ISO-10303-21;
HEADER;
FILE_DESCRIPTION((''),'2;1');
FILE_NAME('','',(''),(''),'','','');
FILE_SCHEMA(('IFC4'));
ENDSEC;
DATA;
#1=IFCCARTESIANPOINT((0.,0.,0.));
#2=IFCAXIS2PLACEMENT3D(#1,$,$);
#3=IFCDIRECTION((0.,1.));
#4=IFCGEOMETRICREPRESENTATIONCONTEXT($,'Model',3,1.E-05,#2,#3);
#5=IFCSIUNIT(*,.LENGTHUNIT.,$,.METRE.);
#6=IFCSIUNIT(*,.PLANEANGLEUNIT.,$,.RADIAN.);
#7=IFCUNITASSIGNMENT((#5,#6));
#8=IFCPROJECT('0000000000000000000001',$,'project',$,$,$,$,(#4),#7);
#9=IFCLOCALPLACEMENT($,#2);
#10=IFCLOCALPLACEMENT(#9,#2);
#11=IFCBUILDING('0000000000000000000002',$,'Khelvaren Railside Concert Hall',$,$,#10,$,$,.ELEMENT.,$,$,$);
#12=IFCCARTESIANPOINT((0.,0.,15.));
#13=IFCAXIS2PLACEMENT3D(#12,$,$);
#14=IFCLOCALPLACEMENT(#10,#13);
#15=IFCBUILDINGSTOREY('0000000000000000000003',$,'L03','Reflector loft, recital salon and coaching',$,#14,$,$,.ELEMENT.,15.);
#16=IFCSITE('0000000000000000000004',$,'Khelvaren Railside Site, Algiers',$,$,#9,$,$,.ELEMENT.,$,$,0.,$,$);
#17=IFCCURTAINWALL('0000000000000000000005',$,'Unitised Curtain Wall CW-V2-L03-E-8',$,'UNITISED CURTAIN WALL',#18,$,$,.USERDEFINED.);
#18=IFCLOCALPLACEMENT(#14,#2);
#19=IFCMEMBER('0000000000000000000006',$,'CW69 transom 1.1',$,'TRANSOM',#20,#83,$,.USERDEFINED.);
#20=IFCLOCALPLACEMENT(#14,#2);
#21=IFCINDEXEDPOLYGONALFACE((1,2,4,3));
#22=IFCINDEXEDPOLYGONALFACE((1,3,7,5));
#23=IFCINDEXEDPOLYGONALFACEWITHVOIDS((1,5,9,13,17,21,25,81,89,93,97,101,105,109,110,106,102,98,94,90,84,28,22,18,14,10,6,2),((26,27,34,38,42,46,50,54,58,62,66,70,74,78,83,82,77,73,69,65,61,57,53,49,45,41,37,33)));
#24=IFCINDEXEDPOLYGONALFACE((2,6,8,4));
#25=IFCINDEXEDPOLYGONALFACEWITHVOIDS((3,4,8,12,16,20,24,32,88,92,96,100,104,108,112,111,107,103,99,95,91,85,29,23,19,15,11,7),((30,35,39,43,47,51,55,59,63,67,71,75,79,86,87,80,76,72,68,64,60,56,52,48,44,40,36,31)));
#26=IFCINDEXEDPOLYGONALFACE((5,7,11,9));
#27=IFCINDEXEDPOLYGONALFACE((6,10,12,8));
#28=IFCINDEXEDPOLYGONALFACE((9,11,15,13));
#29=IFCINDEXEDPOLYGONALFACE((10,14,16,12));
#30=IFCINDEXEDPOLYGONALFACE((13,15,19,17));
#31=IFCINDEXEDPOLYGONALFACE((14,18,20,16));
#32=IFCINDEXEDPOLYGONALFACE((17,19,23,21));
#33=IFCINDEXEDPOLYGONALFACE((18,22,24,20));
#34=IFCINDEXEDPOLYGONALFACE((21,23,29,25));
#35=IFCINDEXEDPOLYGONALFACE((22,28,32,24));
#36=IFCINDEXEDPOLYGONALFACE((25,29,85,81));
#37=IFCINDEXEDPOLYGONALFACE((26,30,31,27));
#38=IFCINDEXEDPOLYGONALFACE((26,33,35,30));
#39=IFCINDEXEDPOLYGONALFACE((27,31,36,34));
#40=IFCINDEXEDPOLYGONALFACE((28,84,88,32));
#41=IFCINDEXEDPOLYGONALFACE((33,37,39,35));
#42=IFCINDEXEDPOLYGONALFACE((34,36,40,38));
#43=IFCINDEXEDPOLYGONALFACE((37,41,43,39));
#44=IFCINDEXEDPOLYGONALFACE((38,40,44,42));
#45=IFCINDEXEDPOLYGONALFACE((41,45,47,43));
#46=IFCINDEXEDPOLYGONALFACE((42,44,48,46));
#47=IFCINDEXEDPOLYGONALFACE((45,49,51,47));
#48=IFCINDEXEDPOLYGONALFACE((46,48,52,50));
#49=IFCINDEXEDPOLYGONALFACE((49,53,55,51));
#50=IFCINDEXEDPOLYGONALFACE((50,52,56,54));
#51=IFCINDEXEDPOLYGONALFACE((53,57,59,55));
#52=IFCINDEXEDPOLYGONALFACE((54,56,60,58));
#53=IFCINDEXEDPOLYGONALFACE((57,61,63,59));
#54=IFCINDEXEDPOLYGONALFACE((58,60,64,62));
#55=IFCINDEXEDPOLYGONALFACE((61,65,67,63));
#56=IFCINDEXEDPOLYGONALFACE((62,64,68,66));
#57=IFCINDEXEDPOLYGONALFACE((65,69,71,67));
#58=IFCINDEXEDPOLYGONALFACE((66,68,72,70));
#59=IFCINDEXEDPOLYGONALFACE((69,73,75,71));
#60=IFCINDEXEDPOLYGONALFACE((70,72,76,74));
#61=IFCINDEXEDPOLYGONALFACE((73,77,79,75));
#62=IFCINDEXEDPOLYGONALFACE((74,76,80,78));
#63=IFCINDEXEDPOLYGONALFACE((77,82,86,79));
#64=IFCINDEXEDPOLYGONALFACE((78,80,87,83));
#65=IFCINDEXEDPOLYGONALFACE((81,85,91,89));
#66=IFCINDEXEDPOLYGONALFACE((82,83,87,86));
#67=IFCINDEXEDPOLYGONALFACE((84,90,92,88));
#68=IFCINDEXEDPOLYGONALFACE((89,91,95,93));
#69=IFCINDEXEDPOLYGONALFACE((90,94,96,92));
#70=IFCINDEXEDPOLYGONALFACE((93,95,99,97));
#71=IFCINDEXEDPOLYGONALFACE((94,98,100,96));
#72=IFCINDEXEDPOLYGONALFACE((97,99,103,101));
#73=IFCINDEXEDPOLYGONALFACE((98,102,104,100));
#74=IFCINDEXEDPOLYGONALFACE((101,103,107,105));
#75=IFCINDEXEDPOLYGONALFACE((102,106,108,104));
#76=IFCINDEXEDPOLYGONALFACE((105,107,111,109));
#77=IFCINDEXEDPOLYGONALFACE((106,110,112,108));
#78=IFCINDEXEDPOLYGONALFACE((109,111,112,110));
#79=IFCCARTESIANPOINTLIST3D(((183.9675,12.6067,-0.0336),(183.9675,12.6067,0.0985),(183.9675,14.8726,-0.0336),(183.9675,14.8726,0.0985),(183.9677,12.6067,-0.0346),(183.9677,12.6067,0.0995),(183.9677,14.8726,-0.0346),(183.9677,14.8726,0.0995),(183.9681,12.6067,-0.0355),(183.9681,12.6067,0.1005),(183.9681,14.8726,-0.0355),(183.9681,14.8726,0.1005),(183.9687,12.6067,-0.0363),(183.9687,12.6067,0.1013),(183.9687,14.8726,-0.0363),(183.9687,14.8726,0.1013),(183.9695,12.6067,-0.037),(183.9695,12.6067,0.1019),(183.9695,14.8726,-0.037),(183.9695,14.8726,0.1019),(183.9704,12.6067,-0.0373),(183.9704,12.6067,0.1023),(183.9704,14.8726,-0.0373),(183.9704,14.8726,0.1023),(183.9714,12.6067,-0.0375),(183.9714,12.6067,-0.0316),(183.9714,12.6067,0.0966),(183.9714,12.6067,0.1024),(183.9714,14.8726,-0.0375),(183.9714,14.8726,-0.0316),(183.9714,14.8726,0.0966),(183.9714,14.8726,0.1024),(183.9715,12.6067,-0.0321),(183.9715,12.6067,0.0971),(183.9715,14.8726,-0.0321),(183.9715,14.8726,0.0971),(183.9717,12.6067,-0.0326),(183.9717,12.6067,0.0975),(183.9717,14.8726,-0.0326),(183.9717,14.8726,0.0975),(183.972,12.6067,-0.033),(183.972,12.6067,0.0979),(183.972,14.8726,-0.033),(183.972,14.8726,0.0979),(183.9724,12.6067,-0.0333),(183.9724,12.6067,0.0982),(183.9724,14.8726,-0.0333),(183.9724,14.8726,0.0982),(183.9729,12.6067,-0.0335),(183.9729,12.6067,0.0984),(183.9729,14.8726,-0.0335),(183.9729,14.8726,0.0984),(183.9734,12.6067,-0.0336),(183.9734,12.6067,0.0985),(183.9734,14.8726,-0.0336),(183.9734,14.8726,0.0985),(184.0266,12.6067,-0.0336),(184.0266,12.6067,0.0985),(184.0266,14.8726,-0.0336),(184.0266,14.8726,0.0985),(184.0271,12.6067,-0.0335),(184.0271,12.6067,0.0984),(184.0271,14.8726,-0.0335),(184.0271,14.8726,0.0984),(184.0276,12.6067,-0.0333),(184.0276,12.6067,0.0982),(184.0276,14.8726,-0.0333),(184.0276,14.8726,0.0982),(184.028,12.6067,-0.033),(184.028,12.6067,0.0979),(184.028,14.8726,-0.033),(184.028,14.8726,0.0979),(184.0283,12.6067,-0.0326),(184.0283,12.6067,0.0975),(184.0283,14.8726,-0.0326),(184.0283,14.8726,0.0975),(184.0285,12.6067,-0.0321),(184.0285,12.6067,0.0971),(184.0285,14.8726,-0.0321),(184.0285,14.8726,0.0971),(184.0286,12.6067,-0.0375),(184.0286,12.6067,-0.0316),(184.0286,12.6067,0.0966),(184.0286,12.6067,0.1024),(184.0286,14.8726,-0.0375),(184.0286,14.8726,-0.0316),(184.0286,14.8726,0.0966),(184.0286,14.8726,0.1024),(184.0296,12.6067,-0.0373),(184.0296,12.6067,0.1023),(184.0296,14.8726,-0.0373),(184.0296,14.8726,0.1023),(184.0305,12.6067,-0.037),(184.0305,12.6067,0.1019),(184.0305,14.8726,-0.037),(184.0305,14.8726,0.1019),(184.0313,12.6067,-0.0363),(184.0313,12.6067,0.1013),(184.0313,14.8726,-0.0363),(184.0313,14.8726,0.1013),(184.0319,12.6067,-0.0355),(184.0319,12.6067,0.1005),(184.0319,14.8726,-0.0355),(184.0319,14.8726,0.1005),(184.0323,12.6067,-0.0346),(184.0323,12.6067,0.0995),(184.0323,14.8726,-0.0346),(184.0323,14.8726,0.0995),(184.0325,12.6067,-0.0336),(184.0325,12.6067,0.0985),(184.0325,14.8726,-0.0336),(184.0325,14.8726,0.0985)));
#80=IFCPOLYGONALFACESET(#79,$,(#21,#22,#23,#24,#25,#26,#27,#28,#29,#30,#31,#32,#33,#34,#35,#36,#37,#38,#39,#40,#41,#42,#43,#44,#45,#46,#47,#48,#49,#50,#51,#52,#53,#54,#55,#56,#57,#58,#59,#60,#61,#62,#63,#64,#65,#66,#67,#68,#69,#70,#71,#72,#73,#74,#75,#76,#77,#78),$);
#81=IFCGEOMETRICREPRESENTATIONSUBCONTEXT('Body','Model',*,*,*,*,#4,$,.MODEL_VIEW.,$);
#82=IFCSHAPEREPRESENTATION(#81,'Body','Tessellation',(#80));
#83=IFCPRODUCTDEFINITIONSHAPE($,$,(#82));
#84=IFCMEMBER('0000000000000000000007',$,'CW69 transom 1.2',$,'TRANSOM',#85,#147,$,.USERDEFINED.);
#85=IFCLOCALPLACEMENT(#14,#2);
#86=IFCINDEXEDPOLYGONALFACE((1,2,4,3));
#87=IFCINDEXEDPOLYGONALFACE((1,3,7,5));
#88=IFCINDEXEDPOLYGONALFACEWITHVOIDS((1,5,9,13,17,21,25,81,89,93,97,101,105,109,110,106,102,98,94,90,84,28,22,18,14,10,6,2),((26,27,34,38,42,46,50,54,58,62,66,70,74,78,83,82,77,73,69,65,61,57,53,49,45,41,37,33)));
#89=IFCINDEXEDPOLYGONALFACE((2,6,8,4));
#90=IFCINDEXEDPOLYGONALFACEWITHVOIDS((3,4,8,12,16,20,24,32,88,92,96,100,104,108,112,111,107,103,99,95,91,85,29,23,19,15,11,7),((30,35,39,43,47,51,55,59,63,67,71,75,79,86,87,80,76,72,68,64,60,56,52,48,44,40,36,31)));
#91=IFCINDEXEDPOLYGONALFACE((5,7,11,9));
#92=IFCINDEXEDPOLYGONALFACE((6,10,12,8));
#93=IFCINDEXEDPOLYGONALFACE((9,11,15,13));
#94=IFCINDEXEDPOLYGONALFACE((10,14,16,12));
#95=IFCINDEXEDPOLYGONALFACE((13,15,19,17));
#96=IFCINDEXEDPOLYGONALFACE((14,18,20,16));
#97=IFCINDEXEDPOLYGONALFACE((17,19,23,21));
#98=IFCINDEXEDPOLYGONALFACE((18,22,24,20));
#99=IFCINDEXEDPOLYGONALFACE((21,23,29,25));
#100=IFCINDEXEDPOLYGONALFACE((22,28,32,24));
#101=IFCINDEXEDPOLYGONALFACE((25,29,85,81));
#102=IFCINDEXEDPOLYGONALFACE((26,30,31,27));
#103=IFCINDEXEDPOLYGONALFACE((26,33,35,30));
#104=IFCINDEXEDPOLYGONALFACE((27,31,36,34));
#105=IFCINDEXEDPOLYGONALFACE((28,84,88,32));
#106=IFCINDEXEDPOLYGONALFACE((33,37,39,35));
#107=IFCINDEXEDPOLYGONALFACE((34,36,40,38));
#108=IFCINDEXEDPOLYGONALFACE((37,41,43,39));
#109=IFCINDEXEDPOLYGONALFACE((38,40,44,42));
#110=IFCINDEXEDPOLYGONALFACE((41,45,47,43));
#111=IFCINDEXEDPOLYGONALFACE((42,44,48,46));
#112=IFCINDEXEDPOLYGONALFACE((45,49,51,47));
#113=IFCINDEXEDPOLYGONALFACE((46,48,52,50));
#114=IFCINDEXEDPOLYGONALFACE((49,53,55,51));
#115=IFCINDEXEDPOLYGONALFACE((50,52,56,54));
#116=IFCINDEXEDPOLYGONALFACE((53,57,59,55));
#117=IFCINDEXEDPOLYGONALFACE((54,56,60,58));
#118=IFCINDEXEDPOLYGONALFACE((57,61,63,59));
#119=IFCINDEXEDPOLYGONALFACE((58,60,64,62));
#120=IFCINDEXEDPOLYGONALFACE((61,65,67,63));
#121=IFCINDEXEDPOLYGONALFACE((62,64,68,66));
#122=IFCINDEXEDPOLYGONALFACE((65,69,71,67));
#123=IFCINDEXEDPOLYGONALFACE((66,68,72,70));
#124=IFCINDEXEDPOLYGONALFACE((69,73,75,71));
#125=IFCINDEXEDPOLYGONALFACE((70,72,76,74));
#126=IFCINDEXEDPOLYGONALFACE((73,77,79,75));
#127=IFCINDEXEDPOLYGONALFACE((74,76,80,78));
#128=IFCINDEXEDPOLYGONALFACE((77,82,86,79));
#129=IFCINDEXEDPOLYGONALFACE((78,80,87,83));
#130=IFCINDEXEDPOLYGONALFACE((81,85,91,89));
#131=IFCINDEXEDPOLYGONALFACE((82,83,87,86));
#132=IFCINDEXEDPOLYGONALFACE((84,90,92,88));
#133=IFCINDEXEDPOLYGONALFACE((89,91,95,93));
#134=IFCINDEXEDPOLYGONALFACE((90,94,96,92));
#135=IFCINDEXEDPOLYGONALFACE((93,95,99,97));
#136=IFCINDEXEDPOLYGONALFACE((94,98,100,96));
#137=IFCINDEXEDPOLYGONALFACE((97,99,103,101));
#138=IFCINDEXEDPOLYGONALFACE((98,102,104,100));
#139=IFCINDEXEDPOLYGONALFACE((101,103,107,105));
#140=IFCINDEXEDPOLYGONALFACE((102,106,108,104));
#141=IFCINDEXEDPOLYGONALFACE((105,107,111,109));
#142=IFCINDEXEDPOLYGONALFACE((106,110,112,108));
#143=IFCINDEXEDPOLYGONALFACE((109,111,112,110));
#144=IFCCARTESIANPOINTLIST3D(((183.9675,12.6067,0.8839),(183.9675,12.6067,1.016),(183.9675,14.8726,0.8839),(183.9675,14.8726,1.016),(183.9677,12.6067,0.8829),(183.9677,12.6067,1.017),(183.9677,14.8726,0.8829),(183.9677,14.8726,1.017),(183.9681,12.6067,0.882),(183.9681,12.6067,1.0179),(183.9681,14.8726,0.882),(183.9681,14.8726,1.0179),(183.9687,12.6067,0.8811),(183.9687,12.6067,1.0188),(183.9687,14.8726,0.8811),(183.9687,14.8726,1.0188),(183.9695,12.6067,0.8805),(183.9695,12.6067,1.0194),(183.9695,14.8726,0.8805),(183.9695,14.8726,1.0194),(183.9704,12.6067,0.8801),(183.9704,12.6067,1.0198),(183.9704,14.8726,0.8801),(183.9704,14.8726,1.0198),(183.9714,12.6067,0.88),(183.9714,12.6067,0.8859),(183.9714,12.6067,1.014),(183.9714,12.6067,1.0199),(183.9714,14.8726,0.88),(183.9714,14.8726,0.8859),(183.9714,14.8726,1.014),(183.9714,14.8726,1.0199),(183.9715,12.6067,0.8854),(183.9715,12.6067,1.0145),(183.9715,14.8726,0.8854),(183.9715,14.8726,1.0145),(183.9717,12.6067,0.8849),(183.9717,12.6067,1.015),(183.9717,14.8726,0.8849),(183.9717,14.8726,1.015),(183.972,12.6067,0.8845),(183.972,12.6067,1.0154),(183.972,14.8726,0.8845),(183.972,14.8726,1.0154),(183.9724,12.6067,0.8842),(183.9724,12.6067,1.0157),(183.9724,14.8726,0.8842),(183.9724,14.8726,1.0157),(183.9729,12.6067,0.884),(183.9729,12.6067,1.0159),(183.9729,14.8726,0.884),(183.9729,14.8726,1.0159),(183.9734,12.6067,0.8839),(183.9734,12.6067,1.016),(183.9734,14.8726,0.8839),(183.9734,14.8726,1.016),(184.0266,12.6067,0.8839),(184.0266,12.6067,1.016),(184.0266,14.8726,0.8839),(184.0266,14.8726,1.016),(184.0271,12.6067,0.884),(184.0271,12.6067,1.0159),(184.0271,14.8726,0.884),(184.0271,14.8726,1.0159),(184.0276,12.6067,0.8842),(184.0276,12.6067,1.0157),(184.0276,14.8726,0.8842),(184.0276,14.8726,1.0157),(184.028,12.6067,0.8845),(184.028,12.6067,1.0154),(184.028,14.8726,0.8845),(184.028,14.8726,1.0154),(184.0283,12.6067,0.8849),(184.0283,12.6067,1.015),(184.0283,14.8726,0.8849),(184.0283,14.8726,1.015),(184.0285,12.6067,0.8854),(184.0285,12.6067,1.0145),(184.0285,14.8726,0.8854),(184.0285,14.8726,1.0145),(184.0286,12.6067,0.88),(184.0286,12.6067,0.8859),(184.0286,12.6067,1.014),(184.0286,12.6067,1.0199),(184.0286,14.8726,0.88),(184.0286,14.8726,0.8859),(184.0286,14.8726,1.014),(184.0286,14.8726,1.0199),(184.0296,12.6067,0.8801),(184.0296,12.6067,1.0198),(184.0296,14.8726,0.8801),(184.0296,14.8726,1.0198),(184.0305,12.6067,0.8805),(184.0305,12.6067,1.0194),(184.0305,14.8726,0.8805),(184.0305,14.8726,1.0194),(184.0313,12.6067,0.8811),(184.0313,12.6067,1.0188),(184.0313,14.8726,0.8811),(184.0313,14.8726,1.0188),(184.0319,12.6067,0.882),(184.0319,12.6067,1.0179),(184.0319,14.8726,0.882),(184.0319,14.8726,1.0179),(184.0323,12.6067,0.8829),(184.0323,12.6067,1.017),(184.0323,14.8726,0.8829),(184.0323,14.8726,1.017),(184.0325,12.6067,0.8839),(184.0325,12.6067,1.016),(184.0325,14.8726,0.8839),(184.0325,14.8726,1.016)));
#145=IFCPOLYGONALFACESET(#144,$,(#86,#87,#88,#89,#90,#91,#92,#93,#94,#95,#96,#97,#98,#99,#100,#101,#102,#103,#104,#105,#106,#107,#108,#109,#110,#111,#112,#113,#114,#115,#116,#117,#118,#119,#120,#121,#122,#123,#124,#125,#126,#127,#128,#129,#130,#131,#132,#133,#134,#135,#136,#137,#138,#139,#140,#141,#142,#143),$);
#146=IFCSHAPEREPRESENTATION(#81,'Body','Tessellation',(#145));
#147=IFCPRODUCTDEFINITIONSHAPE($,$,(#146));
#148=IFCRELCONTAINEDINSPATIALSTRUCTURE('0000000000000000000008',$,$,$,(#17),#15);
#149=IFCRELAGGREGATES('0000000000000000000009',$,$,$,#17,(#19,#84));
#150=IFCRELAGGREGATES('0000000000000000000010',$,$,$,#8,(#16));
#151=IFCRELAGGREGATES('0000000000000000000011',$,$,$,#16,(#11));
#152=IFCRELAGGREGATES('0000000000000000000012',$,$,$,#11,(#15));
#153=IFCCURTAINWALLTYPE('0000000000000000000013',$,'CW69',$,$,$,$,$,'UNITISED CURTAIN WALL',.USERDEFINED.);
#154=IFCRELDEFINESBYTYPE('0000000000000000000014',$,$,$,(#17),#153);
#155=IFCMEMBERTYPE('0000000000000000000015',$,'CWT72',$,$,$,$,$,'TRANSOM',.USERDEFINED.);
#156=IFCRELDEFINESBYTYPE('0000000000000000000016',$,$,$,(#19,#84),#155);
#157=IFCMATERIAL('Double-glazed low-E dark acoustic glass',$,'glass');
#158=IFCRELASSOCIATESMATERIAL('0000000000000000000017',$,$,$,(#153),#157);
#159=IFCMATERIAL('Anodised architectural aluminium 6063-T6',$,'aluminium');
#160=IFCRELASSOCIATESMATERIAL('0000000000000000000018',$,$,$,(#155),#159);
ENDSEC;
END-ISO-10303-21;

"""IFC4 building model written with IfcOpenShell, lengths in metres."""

from ifc_helpers import new_model, si_unit, direction, frame, origin, origin_2d, place, context, subcontext, project, spatial, hollow_rectangle, extrude, material, material_profile, profile_set, type_object, element, aggregate, save


model = new_model("IFC4")

# Units and contexts
model_context = context("Model", 3, precision=1e-05, world=origin(), true_north=direction((0.0, 1.0)))
body_context = subcontext(model_context, "Body", "Model", "MODEL_VIEW")
ifc_project = project(units=[si_unit("LENGTHUNIT", "METRE"), si_unit("PLANEANGLEUNIT", "RADIAN")], contexts=[model_context])

# Site, building, storey
site_placement = place(None, origin())
site = spatial("IfcSite", under=ifc_project, at=site_placement, Name="Khelvaren Railside Site, Algiers", CompositionType="ELEMENT", RefElevation=0.0)
building_placement = place(site_placement, origin())
building = spatial("IfcBuilding", under=site, at=building_placement, Name="Khelvaren Railside Concert Hall", CompositionType="ELEMENT")
storey_placement = place(building_placement, frame((0.0, 0.0, 15.0)))
storey = spatial("IfcBuildingStorey", under=building, at=storey_placement, Name="L03", Description="Reflector loft, recital salon and coaching", CompositionType="ELEMENT", Elevation=15.0)

# Shared definitions
ifc_material_1 = material(Name="Anodised architectural aluminium 6063-T6", Category="aluminium")

# Curtain wall, members
ifc_material_2 = material(Name="Double-glazed low-E dark acoustic glass", Category="glass")
curtain_wall_type_1 = type_object("IfcCurtainWallType", Name="CW69", ElementType="UNITISED CURTAIN WALL", PredefinedType="USERDEFINED", material=ifc_material_2)
curtain_wall_1_placement = place(storey_placement, origin())
curtain_wall_1 = element("IfcCurtainWall", 1, at=curtain_wall_1_placement, inside=storey, type_object=curtain_wall_type_1, Name="Unitised Curtain Wall CW-V2-L03-E-8", ObjectType="UNITISED CURTAIN WALL", PredefinedType="USERDEFINED")
ifc_material_profile_1 = material_profile(ifc_material_1, hollow_rectangle(XDim=0.0649, YDim=0.1399, WallThickness=0.0039, InnerFilletRadius=0.002, OuterFilletRadius=0.0039, at=origin_2d()), Name="CWT 65x140x4")
ifc_profile_set_1 = profile_set([ifc_material_profile_1], Name="Anodised architectural aluminium 6063-T6")
member_type_1 = type_object("IfcMemberType", Name="CWT72", ElementType="TRANSOM", PredefinedType="USERDEFINED", material=ifc_profile_set_1)
member_1_placement = place(storey_placement, frame((184.0, 14.8726, 0.0325), z_axis=(0.0, -1.0, 0.0), x_axis=(1.0, 0.0, 0.0)))
member_1 = element("IfcMember", 2, at=member_1_placement, type_object=member_type_1, Name="CW69 transom 1.1", ObjectType="TRANSOM", PredefinedType="USERDEFINED", context=body_context, shape_type="SweptSolid", body=[
    extrude(hollow_rectangle(XDim=0.0649, YDim=0.1399, WallThickness=0.0039, InnerFilletRadius=0.002, OuterFilletRadius=0.0039, at=origin_2d()), origin(), (0.0, 0.0, 1.0), 2.2659),
])
member_2_placement = place(storey_placement, frame((184.0, 14.8726, 0.95), z_axis=(0.0, -1.0, 0.0), x_axis=(1.0, 0.0, 0.0)))
member_2 = element("IfcMember", 3, at=member_2_placement, type_object=member_type_1, Name="CW69 transom 1.2", ObjectType="TRANSOM", PredefinedType="USERDEFINED", context=body_context, shape_type="SweptSolid", body=[
    extrude(hollow_rectangle(XDim=0.0649, YDim=0.1399, WallThickness=0.0039, InnerFilletRadius=0.002, OuterFilletRadius=0.0039, at=origin_2d()), origin(), (0.0, 0.0, 1.0), 2.2659),
])
aggregate(curtain_wall_1, [member_1, member_2])

save(model, "model.ifc")
